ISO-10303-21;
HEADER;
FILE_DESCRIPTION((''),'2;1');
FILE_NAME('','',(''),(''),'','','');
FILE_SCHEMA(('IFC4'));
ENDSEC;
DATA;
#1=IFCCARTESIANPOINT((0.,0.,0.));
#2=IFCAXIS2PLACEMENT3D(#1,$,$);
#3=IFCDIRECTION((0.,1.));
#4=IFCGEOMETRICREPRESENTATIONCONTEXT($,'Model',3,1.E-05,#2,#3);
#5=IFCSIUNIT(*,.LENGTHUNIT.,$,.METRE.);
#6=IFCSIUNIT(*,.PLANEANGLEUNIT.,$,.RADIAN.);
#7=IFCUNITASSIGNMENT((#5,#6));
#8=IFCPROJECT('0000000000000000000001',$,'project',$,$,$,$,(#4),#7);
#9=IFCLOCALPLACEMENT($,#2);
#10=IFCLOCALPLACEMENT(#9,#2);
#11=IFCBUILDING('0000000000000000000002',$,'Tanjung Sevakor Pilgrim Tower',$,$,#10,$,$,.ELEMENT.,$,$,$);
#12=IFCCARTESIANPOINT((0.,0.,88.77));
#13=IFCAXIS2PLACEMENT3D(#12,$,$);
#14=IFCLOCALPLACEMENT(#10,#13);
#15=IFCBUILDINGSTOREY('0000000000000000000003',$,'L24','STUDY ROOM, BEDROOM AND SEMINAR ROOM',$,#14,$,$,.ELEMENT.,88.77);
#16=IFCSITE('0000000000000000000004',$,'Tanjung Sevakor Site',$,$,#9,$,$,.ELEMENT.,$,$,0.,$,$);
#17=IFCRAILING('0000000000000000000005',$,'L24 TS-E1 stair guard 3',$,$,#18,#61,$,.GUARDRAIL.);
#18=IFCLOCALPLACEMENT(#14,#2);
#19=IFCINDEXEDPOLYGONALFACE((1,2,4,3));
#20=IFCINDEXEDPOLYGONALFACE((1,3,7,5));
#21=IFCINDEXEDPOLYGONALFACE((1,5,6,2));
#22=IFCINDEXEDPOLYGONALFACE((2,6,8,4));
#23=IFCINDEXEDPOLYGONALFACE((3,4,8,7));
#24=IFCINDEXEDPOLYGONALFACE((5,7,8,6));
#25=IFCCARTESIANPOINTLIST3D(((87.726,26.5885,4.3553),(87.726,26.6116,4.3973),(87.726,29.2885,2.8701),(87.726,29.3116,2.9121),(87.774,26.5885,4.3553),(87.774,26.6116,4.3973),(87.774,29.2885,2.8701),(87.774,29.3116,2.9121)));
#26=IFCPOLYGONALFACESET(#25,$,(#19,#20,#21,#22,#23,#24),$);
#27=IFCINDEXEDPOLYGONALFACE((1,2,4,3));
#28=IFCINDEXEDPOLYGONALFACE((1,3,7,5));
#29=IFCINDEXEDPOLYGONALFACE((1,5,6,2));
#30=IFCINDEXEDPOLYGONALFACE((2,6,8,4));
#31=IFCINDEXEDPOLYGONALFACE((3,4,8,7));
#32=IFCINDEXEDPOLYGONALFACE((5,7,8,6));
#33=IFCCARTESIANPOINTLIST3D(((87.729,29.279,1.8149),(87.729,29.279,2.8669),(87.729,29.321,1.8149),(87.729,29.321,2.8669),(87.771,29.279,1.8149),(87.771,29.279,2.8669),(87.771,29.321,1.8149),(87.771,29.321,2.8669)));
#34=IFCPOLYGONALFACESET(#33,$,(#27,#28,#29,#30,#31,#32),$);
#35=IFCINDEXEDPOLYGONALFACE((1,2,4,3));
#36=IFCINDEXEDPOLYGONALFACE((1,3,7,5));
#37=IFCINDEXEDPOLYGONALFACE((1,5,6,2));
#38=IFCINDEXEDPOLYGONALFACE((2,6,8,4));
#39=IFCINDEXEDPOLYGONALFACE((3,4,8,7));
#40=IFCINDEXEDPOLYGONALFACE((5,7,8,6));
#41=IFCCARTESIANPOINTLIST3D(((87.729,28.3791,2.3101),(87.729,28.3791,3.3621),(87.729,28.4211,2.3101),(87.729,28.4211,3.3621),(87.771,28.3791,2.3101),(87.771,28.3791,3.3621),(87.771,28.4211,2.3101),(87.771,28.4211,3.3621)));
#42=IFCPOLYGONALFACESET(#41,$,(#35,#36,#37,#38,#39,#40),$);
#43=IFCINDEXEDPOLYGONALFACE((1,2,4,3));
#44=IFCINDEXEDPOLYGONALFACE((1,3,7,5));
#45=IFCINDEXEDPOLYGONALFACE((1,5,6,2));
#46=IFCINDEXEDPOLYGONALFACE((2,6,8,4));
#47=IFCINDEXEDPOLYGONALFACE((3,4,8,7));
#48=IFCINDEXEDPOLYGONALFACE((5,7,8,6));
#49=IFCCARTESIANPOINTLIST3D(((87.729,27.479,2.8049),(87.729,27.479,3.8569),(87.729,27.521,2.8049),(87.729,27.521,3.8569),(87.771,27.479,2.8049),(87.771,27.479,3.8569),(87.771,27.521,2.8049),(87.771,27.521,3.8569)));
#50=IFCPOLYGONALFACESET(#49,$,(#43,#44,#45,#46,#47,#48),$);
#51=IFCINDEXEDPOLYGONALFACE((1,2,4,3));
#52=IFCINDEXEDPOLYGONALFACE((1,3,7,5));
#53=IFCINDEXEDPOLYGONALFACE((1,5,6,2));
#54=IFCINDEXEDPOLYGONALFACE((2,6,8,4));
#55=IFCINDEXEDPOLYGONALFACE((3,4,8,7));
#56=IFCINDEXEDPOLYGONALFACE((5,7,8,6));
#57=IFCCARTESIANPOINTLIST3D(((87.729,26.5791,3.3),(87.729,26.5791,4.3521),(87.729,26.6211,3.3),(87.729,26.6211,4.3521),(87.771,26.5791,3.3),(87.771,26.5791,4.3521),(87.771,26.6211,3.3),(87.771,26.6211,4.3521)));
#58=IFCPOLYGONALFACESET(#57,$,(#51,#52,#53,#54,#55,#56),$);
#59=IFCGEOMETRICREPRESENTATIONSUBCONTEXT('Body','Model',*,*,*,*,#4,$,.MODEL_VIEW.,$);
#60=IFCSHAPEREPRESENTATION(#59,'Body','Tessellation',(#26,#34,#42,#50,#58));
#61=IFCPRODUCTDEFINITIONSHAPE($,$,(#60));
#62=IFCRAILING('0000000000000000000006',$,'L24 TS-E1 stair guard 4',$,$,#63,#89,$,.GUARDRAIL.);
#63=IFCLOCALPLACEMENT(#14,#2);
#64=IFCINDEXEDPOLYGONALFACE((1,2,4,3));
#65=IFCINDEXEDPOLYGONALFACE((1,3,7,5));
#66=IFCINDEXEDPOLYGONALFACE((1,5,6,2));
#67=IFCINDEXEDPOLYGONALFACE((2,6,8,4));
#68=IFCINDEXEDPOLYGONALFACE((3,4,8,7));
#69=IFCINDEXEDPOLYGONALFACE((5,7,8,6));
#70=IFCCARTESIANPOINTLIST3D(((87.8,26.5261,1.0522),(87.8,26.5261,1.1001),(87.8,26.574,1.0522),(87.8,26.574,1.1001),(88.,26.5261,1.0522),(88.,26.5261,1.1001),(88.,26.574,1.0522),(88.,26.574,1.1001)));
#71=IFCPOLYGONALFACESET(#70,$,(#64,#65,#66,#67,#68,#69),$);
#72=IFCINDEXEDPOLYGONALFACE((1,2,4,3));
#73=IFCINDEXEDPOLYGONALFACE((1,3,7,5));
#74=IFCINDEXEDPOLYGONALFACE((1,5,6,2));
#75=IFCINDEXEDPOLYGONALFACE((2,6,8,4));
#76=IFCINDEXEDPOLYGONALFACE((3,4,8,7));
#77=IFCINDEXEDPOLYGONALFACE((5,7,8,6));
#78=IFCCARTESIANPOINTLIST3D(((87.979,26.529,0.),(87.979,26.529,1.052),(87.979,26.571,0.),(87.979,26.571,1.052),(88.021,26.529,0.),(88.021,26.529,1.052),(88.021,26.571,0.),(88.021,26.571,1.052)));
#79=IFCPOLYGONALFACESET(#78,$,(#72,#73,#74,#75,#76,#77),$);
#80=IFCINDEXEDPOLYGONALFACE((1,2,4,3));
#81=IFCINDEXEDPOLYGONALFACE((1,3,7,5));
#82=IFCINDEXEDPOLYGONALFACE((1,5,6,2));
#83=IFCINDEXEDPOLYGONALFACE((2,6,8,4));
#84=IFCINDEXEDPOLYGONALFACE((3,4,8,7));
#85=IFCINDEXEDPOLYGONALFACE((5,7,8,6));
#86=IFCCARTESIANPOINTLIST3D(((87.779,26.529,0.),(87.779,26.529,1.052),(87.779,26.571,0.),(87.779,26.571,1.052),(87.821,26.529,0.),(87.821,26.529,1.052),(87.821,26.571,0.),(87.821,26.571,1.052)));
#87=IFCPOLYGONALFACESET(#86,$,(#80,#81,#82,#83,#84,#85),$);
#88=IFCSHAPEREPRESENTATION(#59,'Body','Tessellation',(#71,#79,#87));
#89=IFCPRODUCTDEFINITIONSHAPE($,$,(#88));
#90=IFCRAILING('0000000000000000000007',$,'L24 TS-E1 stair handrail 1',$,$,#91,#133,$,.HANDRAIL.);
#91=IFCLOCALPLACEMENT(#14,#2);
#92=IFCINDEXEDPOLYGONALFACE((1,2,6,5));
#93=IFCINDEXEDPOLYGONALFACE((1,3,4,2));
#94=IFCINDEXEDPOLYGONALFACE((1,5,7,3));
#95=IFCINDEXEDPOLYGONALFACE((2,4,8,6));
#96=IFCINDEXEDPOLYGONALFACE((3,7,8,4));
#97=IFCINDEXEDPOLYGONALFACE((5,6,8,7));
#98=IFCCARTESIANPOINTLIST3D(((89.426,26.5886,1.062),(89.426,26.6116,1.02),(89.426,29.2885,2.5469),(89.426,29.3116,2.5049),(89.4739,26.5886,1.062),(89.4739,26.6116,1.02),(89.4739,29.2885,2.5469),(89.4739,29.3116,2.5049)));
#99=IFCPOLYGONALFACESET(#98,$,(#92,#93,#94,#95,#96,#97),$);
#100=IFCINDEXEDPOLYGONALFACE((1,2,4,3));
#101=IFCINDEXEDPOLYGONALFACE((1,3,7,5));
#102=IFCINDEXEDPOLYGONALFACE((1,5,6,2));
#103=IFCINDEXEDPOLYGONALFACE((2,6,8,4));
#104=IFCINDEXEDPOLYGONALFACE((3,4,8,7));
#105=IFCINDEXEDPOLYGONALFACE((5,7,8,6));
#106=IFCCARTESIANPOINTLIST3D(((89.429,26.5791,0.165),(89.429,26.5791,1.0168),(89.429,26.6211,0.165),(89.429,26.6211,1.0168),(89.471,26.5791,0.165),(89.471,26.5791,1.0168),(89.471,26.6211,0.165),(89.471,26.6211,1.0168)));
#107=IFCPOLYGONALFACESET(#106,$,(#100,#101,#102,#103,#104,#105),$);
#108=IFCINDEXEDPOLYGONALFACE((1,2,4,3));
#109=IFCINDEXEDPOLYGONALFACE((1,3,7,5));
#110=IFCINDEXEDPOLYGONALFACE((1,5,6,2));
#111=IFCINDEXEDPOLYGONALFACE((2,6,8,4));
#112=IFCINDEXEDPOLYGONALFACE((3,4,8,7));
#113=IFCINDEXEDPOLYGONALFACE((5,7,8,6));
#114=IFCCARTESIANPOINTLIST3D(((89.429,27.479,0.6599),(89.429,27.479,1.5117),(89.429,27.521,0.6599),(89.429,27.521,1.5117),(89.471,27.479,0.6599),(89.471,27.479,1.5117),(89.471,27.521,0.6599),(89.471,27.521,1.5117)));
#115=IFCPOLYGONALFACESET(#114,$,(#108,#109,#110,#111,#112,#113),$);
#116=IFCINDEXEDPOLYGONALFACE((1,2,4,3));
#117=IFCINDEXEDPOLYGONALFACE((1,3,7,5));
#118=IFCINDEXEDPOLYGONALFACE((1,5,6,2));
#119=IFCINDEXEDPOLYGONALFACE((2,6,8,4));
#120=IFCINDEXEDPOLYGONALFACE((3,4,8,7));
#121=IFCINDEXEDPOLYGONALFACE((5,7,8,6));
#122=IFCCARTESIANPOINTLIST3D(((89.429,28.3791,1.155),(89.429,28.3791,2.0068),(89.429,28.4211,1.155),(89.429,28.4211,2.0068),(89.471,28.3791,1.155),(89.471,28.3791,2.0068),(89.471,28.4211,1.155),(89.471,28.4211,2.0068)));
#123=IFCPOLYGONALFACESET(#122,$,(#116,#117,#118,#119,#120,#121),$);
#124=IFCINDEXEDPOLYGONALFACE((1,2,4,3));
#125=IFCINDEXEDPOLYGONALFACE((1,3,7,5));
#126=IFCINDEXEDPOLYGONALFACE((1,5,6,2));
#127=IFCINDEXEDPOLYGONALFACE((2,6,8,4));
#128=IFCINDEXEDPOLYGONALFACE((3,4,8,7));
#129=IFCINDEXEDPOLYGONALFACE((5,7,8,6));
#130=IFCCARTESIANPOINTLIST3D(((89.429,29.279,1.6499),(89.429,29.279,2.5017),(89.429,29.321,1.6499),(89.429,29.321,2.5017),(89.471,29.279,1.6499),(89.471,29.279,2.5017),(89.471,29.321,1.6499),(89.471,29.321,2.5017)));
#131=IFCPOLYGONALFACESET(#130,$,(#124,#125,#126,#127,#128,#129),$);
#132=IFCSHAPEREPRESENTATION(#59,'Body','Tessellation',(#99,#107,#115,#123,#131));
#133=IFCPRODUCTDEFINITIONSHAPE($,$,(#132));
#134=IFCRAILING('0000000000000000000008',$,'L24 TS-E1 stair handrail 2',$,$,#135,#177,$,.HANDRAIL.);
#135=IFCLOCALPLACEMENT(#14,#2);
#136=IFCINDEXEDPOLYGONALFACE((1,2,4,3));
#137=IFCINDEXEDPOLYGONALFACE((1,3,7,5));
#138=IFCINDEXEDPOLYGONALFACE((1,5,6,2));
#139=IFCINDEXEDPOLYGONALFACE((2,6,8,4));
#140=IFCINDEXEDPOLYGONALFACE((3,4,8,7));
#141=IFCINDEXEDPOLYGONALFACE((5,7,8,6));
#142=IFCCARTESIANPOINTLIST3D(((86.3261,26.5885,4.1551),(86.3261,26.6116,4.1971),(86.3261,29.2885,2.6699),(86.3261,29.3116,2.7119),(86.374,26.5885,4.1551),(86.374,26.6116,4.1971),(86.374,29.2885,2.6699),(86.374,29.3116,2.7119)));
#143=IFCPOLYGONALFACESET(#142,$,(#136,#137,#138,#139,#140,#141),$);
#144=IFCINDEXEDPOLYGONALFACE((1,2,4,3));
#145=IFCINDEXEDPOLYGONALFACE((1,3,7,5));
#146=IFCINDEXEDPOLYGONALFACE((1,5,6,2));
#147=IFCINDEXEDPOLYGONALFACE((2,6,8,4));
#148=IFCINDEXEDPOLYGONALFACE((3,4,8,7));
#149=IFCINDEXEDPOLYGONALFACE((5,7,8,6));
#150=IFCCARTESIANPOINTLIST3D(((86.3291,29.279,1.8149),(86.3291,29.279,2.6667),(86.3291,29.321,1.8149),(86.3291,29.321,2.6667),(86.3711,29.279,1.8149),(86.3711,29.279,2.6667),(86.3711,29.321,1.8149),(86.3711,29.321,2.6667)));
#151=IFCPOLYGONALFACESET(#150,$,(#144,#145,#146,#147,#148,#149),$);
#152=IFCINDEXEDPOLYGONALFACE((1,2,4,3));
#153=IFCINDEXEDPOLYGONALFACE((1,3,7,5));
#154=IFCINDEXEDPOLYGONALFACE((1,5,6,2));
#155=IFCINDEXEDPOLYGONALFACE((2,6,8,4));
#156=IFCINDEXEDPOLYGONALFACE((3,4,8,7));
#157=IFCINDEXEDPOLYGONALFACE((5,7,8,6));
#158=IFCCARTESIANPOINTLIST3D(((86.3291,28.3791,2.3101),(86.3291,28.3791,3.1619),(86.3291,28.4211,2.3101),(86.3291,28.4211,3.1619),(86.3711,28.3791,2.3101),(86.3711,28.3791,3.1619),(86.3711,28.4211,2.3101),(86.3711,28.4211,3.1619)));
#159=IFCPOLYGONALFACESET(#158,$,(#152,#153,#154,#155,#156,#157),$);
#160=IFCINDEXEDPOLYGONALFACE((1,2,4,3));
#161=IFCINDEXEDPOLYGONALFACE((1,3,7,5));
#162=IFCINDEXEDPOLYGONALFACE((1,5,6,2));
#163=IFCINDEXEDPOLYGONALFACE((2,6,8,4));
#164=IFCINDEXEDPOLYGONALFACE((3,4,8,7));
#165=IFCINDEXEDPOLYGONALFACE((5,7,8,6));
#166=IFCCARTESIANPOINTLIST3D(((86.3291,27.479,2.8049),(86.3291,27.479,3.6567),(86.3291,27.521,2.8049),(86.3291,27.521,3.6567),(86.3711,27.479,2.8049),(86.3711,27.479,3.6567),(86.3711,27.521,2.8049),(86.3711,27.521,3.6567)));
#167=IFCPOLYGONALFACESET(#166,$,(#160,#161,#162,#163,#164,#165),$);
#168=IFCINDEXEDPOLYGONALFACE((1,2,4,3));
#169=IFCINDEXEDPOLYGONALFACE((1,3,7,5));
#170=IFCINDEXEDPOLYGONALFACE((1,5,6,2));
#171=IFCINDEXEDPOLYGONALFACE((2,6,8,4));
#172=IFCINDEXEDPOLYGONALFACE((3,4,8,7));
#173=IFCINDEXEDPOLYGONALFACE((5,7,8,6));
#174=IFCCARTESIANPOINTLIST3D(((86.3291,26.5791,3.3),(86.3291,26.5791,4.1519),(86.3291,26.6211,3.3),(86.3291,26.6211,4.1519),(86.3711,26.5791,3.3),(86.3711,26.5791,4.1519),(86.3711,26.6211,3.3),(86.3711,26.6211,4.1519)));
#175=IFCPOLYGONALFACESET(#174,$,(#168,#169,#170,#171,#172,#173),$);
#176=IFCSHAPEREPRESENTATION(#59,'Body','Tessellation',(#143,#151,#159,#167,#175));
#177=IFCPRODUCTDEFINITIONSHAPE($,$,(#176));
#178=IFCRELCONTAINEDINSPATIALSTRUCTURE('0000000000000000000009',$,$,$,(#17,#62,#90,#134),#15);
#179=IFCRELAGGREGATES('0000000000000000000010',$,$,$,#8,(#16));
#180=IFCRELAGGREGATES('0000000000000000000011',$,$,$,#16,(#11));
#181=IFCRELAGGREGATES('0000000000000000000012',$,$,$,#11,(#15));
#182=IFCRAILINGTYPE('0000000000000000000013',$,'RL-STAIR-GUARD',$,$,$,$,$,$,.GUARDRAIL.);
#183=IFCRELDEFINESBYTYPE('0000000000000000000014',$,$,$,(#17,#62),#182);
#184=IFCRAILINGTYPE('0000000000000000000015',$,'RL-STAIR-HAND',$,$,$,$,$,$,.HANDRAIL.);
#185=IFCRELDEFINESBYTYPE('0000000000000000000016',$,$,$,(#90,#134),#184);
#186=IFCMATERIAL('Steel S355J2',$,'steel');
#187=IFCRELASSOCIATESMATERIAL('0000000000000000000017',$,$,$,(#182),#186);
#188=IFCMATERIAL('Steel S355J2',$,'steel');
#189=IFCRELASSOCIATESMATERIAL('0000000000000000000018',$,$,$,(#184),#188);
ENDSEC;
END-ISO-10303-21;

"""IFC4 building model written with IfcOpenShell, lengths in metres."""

from ifc_helpers import new_model, si_unit, direction, frame, origin, place, context, subcontext, project, spatial, rectangle, extrude, material, type_object, element, save


model = new_model("IFC4")

# Units and contexts
model_context = context("Model", 3, precision=1e-05, world=origin(), true_north=direction((0.0, 1.0)))
body_context = subcontext(model_context, "Body", "Model", "MODEL_VIEW")
ifc_project = project(units=[si_unit("LENGTHUNIT", "METRE"), si_unit("PLANEANGLEUNIT", "RADIAN")], contexts=[model_context])

# Site, building, storey
site_placement = place(None, origin())
site = spatial("IfcSite", under=ifc_project, at=site_placement, Name="Tanjung Sevakor Site", CompositionType="ELEMENT", RefElevation=0.0)
building_placement = place(site_placement, origin())
building = spatial("IfcBuilding", under=site, at=building_placement, Name="Tanjung Sevakor Pilgrim Tower", CompositionType="ELEMENT")
storey_placement = place(building_placement, frame((0.0, 0.0, 88.77)))
storey = spatial("IfcBuildingStorey", under=building, at=storey_placement, Name="L24", Description="STUDY ROOM, BEDROOM AND SEMINAR ROOM", CompositionType="ELEMENT", Elevation=88.77)

# Railings
ifc_material_1 = material(Name="Steel S355J2", Category="steel")
railing_type_1 = type_object("IfcRailingType", Name="RL-STAIR-GUARD", PredefinedType="GUARDRAIL", material=ifc_material_1)
railing_1_placement = place(storey_placement, frame((87.75, 29.3, 1.8149)))
element("IfcRailing", 1, at=railing_1_placement, inside=storey, type_object=railing_type_1, Name="L24 TS-E1 stair guard 3", PredefinedType="GUARDRAIL", context=body_context, shape_type="SweptSolid", body=[
    extrude(rectangle(XDim=0.0479, YDim=0.0479), frame((0.0, 0.0, 1.0762), z_axis=(0.0, -0.876198, 0.481952), x_axis=(1.0, 0.0, 0.0)), (0.0, 0.0, 1.0), 3.0815),
    extrude(rectangle(XDim=0.042, YDim=0.042), origin(), (0.0, 0.0, 1.0), 1.052),
    extrude(rectangle(XDim=0.042, YDim=0.042), frame((0.0, -0.8999, 0.4951)), (0.0, 0.0, 1.0), 1.052),
    extrude(rectangle(XDim=0.042, YDim=0.042), frame((0.0, -1.8, 0.99)), (0.0, 0.0, 1.0), 1.052),
    extrude(rectangle(XDim=0.042, YDim=0.042), frame((0.0, -2.7, 1.4851)), (0.0, 0.0, 1.0), 1.052),
])
railing_2_placement = place(storey_placement, frame((88.0, 26.55, 0.0)))
element("IfcRailing", 2, at=railing_2_placement, inside=storey, type_object=railing_type_1, Name="L24 TS-E1 stair guard 4", PredefinedType="GUARDRAIL", context=body_context, shape_type="SweptSolid", body=[
    extrude(rectangle(XDim=0.0479, YDim=0.0479), frame((0.0, 0.0, 1.0762), z_axis=(-1.0, 0.0, 0.0), x_axis=(0.0, -1.0, 0.0)), (0.0, 0.0, 1.0), 0.2),
    extrude(rectangle(XDim=0.042, YDim=0.042), origin(), (0.0, 0.0, 1.0), 1.052),
    extrude(rectangle(XDim=0.042, YDim=0.042), frame((-0.2, 0.0, 0.0)), (0.0, 0.0, 1.0), 1.052),
])
ifc_material_2 = material(Name="Steel S355J2", Category="steel")
railing_type_2 = type_object("IfcRailingType", Name="RL-STAIR-HAND", PredefinedType="HANDRAIL", material=ifc_material_2)
railing_3_placement = place(storey_placement, frame((89.45, 26.6001, 0.165)))
element("IfcRailing", 3, at=railing_3_placement, inside=storey, type_object=railing_type_2, Name="L24 TS-E1 stair handrail 1", PredefinedType="HANDRAIL", context=body_context, shape_type="SweptSolid", body=[
    extrude(rectangle(XDim=0.0479, YDim=0.0479), frame((0.0, 0.0, 0.876), z_axis=(0.0, 0.876231, 0.481891), x_axis=(-1.0, 0.0, 0.0)), (0.0, 0.0, 1.0), 3.0813),
    extrude(rectangle(XDim=0.042, YDim=0.042), origin(), (0.0, 0.0, 1.0), 0.8518),
    extrude(rectangle(XDim=0.042, YDim=0.042), frame((0.0, 0.8999, 0.4949)), (0.0, 0.0, 1.0), 0.8518),
    extrude(rectangle(XDim=0.042, YDim=0.042), frame((0.0, 1.8, 0.99)), (0.0, 0.0, 1.0), 0.8518),
    extrude(rectangle(XDim=0.042, YDim=0.042), frame((0.0, 2.7, 1.4849)), (0.0, 0.0, 1.0), 0.8518),
])
railing_4_placement = place(storey_placement, frame((86.3501, 29.3, 1.8149)))
element("IfcRailing", 4, at=railing_4_placement, inside=storey, type_object=railing_type_2, Name="L24 TS-E1 stair handrail 2", PredefinedType="HANDRAIL", context=body_context, shape_type="SweptSolid", body=[
    extrude(rectangle(XDim=0.0479, YDim=0.0479), frame((0.0, 0.0, 0.876), z_axis=(0.0, -0.876198, 0.481952), x_axis=(1.0, 0.0, 0.0)), (0.0, 0.0, 1.0), 3.0815),
    extrude(rectangle(XDim=0.042, YDim=0.042), origin(), (0.0, 0.0, 1.0), 0.8518),
    extrude(rectangle(XDim=0.042, YDim=0.042), frame((0.0, -0.8999, 0.4951)), (0.0, 0.0, 1.0), 0.8518),
    extrude(rectangle(XDim=0.042, YDim=0.042), frame((0.0, -1.8, 0.99)), (0.0, 0.0, 1.0), 0.8518),
    extrude(rectangle(XDim=0.042, YDim=0.042), frame((0.0, -2.7, 1.4851)), (0.0, 0.0, 1.0), 0.8518),
])

save(model, "model.ifc")
